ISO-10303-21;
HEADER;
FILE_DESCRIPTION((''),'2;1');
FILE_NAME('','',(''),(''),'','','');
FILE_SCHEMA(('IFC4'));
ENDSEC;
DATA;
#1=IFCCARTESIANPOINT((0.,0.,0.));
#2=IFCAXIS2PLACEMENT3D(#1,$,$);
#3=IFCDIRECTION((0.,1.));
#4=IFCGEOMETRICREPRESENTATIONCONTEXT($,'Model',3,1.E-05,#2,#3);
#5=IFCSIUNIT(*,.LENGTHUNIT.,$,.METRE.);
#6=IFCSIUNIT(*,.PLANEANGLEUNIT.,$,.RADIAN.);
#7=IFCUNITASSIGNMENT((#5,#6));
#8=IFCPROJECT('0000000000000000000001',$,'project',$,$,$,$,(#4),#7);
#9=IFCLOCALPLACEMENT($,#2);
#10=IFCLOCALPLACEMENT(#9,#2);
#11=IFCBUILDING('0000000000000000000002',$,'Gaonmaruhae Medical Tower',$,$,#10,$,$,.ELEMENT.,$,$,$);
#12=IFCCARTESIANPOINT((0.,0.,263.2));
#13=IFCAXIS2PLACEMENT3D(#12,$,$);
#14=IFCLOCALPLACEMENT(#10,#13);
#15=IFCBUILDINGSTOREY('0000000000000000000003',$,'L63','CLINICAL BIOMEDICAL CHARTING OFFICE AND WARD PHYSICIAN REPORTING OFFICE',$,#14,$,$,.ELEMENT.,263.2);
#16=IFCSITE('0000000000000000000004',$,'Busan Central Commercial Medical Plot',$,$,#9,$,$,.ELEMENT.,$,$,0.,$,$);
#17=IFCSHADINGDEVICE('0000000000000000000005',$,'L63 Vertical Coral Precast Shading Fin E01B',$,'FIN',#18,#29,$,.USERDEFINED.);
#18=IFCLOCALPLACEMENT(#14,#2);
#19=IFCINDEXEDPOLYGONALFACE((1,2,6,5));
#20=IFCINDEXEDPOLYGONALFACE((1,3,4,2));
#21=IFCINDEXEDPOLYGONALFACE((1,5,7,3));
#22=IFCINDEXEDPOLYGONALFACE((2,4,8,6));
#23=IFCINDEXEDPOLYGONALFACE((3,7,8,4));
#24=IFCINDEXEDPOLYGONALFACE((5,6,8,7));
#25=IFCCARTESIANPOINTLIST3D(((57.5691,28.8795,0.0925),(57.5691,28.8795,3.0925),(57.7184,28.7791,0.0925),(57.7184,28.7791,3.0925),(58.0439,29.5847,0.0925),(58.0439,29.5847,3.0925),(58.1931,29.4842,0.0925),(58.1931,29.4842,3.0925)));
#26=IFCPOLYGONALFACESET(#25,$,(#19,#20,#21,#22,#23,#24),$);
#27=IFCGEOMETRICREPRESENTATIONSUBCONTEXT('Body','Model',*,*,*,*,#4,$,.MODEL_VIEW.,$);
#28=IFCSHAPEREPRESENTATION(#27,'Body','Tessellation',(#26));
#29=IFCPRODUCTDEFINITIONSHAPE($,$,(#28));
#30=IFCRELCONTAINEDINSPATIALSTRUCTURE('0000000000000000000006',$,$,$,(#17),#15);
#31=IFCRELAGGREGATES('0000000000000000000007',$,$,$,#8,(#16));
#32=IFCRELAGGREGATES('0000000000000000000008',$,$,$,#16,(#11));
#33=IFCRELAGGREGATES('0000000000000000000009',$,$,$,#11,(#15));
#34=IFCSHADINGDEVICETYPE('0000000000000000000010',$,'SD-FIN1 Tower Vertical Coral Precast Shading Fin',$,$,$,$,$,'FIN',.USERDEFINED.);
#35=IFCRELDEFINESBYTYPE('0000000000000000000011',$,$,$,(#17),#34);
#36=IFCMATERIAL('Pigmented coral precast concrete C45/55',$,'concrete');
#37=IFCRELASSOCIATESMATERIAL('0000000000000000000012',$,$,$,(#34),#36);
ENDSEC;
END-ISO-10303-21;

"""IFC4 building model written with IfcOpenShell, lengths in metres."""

from ifc_helpers import new_model, si_unit, direction, frame, origin, origin_2d, place, context, subcontext, project, spatial, rectangle, extrude, material, type_object, element, save


model = new_model("IFC4")

# Units and contexts
model_context = context("Model", 3, precision=1e-05, world=origin(), true_north=direction((0.0, 1.0)))
body_context = subcontext(model_context, "Body", "Model", "MODEL_VIEW")
ifc_project = project(units=[si_unit("LENGTHUNIT", "METRE"), si_unit("PLANEANGLEUNIT", "RADIAN")], contexts=[model_context])

# Site, building, storey
site_placement = place(None, origin())
site = spatial("IfcSite", under=ifc_project, at=site_placement, Name="Busan Central Commercial Medical Plot", CompositionType="ELEMENT", RefElevation=0.0)
building_placement = place(site_placement, origin())
building = spatial("IfcBuilding", under=site, at=building_placement, Name="Gaonmaruhae Medical Tower", CompositionType="ELEMENT")
storey_placement = place(building_placement, frame((0.0, 0.0, 263.2)))
storey = spatial("IfcBuildingStorey", under=building, at=storey_placement, Name="L63", Description="CLINICAL BIOMEDICAL CHARTING OFFICE AND WARD PHYSICIAN REPORTING OFFICE", CompositionType="ELEMENT", Elevation=263.2)

# Shading device
ifc_material_1 = material(Name="Pigmented coral precast concrete C45/55", Category="concrete")
shading_device_type = type_object("IfcShadingDeviceType", Name="SD-FIN1 Tower Vertical Coral Precast Shading Fin", ElementType="FIN", PredefinedType="USERDEFINED", material=ifc_material_1)
for number, where, z_axis, x_axis, name in (
    (1, (57.8811, 29.1819, 0.0925), (0.0, 0.0, 1.0), (0.829525, -0.558469, 0.0), "L63 Vertical Coral Precast Shading Fin E01B"),
):
    element("IfcShadingDevice", number, at=place(storey_placement, frame(where, z_axis=z_axis, x_axis=x_axis)), inside=storey, type_object=shading_device_type, Name=name, ObjectType="FIN", PredefinedType="USERDEFINED", context=body_context, shape_type="SweptSolid", body=[
        extrude(rectangle(XDim=0.1799, YDim=0.8501, at=origin_2d()), origin(), (0.0, 0.0, 1.0), 3.0),
    ])

save(model, "model.ifc")
